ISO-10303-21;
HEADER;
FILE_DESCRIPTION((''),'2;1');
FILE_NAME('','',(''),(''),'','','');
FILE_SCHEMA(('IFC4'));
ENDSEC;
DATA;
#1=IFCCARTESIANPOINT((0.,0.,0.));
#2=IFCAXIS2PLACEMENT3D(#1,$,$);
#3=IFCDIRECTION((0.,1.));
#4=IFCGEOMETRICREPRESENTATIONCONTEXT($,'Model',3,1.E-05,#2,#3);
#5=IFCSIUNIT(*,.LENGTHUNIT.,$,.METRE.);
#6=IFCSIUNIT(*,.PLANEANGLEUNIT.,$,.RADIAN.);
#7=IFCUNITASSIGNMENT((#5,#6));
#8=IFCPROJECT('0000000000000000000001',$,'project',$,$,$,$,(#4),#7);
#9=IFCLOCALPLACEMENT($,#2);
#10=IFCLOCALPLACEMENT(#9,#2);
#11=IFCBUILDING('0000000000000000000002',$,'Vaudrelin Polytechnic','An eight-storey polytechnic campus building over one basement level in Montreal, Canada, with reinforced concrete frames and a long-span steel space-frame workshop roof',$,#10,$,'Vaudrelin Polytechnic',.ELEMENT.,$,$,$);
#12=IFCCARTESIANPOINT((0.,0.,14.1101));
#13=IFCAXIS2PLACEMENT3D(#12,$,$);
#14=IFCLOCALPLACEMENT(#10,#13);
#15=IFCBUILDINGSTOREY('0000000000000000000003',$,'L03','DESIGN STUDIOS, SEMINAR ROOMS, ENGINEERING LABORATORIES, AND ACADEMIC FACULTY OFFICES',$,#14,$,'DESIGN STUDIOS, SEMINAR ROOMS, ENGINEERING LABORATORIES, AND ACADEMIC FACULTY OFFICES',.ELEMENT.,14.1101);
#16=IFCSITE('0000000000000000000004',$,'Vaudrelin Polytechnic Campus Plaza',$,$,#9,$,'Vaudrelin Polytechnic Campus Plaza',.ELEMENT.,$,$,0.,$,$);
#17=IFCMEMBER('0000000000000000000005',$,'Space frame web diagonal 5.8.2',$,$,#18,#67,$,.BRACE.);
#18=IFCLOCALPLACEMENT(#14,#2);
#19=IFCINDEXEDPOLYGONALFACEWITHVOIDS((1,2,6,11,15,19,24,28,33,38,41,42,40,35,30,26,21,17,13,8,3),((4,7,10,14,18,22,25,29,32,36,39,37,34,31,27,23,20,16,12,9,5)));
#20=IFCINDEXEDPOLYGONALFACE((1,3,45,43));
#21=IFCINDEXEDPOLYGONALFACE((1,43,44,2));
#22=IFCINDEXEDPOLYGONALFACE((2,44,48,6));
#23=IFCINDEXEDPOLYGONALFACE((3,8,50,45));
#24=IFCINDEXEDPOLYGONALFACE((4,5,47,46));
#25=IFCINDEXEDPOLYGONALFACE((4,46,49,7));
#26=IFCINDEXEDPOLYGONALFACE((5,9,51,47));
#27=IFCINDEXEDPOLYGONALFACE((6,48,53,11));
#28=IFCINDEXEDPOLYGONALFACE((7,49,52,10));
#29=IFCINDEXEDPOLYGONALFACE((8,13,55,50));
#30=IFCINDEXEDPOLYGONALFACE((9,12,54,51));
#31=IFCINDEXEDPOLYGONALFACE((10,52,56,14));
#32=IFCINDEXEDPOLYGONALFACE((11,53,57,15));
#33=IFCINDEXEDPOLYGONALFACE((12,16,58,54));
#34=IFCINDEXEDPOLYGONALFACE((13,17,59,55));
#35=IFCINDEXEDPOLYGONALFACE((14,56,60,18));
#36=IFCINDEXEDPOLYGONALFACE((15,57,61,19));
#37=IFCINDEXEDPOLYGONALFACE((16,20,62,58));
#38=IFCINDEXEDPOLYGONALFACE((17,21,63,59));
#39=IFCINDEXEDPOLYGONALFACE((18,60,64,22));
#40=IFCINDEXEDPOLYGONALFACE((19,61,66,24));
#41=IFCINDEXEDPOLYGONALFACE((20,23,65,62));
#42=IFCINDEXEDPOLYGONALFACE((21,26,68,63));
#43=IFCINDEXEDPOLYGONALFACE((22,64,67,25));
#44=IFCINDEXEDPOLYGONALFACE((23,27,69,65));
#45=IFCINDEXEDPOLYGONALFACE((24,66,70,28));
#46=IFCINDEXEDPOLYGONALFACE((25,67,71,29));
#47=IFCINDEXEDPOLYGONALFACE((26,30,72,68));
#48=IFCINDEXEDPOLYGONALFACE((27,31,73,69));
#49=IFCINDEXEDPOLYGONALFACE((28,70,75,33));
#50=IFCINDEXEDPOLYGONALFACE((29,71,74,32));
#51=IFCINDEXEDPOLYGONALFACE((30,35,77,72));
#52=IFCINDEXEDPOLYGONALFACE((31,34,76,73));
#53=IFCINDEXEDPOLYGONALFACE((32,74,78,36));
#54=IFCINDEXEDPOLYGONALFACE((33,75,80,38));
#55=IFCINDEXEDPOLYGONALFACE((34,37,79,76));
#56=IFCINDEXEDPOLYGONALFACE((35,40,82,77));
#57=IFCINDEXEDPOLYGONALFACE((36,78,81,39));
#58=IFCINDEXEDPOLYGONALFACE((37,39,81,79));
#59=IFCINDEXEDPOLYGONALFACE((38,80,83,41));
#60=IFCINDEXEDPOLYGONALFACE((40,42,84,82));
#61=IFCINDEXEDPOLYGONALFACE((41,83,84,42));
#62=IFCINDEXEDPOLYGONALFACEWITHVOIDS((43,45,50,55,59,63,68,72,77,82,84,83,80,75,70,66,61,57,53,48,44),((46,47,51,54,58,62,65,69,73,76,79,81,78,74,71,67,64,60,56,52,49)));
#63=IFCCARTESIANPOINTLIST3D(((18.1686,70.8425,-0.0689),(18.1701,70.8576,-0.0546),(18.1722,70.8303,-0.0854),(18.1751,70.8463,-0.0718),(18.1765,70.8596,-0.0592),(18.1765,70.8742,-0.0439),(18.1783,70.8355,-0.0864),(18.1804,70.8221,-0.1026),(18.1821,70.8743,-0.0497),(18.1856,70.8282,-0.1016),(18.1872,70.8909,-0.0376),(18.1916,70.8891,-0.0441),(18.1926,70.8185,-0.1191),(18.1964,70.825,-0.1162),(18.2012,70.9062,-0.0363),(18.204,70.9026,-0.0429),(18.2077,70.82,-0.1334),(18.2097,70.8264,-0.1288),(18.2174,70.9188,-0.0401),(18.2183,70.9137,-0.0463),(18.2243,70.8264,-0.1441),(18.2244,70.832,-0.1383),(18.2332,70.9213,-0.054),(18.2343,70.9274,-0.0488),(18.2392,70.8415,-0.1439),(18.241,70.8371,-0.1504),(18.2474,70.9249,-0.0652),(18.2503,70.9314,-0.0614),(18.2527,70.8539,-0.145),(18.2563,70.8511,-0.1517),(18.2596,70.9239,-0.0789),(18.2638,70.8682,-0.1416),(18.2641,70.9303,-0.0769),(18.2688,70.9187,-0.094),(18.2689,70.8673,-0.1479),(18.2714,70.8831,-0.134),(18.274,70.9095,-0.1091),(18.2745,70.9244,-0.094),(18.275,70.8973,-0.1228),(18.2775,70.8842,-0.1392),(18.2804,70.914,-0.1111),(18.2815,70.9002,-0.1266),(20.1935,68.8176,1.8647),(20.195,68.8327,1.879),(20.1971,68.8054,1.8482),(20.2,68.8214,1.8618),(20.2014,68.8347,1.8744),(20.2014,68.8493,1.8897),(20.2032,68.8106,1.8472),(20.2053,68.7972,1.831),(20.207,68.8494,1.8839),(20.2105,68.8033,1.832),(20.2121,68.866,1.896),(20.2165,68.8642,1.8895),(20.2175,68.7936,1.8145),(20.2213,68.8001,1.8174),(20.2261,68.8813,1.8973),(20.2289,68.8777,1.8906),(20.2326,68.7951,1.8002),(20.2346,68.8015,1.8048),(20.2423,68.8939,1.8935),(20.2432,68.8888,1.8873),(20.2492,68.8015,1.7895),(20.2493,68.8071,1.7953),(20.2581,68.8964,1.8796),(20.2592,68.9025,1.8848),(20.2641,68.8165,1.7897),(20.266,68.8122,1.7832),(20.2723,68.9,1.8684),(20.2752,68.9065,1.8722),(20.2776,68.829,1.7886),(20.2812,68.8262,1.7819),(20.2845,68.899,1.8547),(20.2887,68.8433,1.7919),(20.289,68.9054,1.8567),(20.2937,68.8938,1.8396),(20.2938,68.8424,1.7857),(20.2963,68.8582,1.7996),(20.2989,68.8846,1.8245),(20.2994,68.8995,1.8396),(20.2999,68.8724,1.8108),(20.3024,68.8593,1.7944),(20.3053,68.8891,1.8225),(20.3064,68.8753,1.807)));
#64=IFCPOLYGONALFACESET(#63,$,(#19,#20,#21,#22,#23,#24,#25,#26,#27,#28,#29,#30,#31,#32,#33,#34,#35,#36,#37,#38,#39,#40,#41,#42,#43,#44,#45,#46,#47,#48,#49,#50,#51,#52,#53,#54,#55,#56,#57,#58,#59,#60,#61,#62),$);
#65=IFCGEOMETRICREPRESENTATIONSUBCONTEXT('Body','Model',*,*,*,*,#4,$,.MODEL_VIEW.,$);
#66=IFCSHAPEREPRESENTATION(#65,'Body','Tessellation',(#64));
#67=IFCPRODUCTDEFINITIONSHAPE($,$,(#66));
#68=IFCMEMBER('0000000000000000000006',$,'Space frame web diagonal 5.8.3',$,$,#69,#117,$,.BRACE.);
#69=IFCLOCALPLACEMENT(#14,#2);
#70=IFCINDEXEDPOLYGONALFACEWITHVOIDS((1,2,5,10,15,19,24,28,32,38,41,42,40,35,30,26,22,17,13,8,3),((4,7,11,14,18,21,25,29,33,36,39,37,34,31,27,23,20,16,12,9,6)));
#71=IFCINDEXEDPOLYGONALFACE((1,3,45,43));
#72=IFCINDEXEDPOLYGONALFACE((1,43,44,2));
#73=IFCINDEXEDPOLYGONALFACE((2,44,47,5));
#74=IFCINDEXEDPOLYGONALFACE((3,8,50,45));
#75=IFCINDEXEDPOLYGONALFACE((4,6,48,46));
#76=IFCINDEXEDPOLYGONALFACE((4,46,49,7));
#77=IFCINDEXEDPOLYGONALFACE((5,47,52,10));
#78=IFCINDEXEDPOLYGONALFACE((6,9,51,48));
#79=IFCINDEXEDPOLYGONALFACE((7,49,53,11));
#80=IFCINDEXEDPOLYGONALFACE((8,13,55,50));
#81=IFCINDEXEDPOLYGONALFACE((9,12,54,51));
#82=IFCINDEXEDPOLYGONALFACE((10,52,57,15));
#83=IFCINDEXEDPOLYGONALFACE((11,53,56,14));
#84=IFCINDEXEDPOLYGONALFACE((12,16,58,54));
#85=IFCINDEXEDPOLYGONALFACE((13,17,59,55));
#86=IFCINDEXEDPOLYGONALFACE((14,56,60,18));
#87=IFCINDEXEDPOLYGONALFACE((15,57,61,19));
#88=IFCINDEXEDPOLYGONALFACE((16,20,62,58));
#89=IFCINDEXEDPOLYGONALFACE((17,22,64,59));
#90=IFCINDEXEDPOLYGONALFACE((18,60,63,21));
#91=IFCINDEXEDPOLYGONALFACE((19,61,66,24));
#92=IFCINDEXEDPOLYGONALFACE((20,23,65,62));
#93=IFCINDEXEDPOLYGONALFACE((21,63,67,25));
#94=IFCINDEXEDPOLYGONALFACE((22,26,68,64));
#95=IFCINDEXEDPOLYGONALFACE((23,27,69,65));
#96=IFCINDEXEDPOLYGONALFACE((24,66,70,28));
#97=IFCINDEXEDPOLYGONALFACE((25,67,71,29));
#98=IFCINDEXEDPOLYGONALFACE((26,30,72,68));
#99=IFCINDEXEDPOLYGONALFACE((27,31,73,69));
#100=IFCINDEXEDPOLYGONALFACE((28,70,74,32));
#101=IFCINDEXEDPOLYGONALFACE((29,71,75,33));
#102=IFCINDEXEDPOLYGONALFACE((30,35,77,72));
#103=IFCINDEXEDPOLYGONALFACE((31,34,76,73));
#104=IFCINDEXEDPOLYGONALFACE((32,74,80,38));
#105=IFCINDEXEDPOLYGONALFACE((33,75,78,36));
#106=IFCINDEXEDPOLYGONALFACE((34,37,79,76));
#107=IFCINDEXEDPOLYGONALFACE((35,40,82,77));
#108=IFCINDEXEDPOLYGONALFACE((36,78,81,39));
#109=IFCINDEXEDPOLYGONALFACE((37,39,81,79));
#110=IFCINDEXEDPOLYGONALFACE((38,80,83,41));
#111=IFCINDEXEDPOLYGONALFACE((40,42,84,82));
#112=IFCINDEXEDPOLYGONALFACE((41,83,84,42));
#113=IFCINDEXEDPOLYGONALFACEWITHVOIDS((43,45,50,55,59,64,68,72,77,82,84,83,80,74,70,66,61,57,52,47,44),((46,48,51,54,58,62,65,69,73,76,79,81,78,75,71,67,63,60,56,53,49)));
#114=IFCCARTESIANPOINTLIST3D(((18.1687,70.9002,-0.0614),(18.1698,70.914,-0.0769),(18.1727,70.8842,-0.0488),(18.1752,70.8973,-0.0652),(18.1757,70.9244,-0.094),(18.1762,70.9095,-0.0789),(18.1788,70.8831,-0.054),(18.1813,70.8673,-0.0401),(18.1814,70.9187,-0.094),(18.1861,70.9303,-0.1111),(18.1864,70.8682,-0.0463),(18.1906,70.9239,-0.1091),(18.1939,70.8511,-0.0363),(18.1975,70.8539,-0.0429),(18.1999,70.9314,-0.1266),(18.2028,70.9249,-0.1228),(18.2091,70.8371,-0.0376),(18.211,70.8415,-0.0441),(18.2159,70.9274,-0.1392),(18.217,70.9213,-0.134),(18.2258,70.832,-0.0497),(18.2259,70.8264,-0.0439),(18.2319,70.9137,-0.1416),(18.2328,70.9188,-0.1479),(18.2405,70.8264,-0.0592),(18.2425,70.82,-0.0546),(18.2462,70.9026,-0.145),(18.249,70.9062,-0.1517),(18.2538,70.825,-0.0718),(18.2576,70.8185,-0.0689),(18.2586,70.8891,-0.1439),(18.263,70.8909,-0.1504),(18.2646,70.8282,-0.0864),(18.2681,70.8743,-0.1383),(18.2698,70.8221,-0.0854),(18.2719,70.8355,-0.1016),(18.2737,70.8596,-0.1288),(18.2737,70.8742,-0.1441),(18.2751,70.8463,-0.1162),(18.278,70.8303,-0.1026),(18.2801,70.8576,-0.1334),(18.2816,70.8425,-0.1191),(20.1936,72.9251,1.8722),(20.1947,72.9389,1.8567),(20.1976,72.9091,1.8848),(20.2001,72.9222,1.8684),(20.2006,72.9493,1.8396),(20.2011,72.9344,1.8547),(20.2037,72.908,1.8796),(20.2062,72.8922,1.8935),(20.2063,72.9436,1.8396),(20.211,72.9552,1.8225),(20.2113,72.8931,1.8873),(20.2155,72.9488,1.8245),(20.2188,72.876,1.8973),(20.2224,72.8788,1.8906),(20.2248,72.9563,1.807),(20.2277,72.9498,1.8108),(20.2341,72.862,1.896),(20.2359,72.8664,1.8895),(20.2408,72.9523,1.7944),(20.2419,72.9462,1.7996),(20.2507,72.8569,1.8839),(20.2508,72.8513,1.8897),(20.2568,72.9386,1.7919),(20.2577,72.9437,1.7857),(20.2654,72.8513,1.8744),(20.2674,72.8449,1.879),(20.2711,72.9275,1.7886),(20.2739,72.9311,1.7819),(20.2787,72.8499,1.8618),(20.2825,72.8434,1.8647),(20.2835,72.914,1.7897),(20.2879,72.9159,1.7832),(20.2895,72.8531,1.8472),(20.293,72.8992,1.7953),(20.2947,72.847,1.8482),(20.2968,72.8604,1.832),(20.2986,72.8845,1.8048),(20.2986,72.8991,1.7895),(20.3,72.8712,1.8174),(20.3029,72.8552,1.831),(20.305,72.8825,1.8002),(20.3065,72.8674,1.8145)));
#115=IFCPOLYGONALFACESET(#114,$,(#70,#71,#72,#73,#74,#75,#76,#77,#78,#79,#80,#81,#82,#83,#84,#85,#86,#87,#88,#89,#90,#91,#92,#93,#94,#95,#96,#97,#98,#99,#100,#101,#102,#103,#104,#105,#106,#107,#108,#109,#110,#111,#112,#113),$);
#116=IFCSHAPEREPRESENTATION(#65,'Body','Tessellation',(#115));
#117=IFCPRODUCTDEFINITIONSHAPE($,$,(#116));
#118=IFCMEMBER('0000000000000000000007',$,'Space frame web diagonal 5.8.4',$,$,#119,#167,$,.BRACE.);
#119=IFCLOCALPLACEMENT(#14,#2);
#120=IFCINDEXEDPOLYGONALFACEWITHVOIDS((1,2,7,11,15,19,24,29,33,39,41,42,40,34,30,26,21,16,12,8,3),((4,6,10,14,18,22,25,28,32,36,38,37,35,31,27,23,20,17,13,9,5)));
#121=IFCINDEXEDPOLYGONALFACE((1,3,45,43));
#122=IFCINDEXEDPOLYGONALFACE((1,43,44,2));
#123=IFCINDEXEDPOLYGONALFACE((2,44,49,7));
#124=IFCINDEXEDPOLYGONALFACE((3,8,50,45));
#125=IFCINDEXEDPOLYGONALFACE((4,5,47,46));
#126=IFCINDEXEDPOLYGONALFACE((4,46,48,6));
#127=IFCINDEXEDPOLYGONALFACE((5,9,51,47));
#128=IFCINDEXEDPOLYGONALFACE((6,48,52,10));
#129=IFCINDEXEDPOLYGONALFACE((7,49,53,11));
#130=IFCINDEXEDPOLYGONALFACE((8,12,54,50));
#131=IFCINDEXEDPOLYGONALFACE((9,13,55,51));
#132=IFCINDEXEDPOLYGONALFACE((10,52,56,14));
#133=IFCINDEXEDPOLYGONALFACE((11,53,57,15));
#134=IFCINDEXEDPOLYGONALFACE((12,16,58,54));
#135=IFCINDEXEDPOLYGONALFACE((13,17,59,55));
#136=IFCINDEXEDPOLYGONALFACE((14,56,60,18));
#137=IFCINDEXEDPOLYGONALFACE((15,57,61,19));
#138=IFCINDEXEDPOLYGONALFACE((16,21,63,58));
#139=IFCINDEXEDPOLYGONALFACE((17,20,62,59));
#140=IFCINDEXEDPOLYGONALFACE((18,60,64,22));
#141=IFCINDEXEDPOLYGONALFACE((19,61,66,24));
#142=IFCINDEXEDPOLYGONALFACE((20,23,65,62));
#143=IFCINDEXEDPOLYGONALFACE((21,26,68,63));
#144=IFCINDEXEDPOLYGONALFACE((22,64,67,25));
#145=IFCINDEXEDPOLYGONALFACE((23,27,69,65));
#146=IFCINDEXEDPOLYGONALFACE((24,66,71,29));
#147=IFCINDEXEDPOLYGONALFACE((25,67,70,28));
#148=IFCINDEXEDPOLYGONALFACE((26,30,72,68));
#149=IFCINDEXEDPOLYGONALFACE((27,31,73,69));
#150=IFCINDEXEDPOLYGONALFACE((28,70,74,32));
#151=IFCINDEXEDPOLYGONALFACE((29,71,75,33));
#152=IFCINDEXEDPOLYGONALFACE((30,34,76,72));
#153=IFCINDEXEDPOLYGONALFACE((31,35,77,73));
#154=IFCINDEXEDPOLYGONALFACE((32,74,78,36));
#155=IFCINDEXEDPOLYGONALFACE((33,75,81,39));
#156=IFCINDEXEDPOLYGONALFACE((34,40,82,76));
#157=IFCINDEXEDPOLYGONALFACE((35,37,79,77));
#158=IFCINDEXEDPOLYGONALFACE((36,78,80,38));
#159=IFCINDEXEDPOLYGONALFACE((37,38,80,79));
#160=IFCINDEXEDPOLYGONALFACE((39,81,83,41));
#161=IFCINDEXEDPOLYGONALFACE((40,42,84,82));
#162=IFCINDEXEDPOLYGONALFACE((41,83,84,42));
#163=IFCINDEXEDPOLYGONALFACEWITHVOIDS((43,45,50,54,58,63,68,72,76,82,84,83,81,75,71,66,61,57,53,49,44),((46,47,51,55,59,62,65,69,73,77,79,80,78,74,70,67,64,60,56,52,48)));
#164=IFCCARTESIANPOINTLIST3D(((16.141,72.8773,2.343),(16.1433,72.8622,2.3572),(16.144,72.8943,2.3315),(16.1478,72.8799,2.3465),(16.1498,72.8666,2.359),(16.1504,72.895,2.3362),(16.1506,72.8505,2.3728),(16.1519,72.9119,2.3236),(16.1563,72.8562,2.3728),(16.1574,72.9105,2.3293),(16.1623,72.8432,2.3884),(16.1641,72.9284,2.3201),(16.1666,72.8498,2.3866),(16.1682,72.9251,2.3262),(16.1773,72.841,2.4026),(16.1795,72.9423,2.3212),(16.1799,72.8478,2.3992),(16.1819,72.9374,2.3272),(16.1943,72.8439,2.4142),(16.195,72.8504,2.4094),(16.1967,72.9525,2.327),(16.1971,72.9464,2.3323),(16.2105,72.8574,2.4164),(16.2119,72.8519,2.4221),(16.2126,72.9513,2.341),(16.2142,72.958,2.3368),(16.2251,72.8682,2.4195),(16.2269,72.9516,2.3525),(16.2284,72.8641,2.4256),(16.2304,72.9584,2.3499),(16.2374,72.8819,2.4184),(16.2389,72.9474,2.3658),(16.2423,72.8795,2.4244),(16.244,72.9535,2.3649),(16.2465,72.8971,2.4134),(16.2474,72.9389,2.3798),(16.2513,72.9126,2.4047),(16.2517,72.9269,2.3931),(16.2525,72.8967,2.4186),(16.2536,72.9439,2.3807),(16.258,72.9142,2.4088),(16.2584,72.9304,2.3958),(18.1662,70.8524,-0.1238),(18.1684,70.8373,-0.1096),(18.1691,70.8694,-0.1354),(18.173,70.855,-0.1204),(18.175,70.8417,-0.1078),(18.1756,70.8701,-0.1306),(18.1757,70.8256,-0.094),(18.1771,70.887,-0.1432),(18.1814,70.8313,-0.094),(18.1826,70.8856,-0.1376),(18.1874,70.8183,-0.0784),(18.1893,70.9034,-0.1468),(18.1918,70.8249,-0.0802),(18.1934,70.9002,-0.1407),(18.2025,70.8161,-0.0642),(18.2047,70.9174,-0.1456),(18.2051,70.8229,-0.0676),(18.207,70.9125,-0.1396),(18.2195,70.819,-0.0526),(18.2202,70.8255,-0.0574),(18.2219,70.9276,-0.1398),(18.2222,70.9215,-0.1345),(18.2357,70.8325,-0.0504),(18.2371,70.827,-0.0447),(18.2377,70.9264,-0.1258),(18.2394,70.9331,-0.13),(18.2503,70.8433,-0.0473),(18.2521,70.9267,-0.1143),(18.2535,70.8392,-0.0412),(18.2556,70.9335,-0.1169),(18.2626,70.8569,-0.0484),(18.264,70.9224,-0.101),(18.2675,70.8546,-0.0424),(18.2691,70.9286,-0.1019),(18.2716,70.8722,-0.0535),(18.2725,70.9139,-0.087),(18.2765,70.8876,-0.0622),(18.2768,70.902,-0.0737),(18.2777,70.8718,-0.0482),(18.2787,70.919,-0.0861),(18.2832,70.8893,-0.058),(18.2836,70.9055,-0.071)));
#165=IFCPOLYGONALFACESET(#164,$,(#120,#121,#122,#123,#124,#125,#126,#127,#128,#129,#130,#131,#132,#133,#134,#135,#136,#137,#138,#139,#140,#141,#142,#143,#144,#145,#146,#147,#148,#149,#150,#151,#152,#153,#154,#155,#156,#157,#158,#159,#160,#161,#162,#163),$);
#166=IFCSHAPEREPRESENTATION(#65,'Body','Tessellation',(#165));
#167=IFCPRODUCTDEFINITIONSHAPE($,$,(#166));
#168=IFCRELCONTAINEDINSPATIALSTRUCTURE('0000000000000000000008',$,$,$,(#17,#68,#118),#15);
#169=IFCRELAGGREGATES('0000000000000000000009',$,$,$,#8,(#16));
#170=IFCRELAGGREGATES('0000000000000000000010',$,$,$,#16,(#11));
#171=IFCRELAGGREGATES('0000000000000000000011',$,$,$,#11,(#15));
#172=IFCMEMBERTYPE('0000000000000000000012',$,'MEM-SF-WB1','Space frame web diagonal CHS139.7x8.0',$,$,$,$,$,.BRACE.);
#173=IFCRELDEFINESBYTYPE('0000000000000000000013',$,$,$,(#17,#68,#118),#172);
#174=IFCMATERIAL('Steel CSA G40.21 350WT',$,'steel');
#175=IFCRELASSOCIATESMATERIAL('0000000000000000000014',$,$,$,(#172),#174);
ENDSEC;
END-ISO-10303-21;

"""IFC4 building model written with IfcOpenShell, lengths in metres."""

from ifc_helpers import new_model, si_unit, direction, frame, origin, origin_2d, place, context, subcontext, project, spatial, hollow_circle, extrude, material, material_profile, profile_set, type_object, element, save


model = new_model("IFC4")

# Units and contexts
model_context = context("Model", 3, precision=1e-05, world=origin(), true_north=direction((0.0, 1.0)))
body_context = subcontext(model_context, "Body", "Model", "MODEL_VIEW")
ifc_project = project(units=[si_unit("LENGTHUNIT", "METRE"), si_unit("PLANEANGLEUNIT", "RADIAN")], contexts=[model_context])

# Site, building, storey
site_placement = place(None, origin())
site = spatial("IfcSite", under=ifc_project, at=site_placement, Name="Vaudrelin Polytechnic Campus Plaza", LongName="Vaudrelin Polytechnic Campus Plaza", CompositionType="ELEMENT", RefElevation=0.0)
building_placement = place(site_placement, origin())
building = spatial("IfcBuilding", under=site, at=building_placement, Name="Vaudrelin Polytechnic", Description="An eight-storey polytechnic campus building over one basement level in Montreal, Canada, with reinforced concrete frames and a long-span steel space-frame workshop roof", LongName="Vaudrelin Polytechnic", CompositionType="ELEMENT")
storey_placement = place(building_placement, frame((0.0, 0.0, 14.1101)))
storey = spatial("IfcBuildingStorey", under=building, at=storey_placement, Name="L03", Description="DESIGN STUDIOS, SEMINAR ROOMS, ENGINEERING LABORATORIES, AND ACADEMIC FACULTY OFFICES", LongName="DESIGN STUDIOS, SEMINAR ROOMS, ENGINEERING LABORATORIES, AND ACADEMIC FACULTY OFFICES", CompositionType="ELEMENT", Elevation=14.1101)

# Members
ifc_material = material(Name="Steel CSA G40.21 350WT", Category="steel")
ifc_material_profile_1 = material_profile(ifc_material, hollow_circle(Radius=0.0698, WallThickness=0.0081, at=origin_2d()), Name="CHS139.7x8.0")
ifc_profile_set_1 = profile_set([ifc_material_profile_1], Name="Steel CSA G40.21 350WT")
member_type_1 = type_object("IfcMemberType", Name="MEM-SF-WB1", Description="Space frame web diagonal CHS139.7x8.0", PredefinedType="BRACE", material=ifc_profile_set_1)
for number, where, z_axis, x_axis, name in (
    (1, (18.2251, 70.875, -0.094), (0.586024, -0.586024, 0.559599), (0.707107, 0.707107, 0.0), "Space frame web diagonal 5.8.2"),
    (2, (18.2251, 70.875, -0.094), (0.586024, 0.586024, 0.559599), (-0.707107, 0.707107, 0.0), "Space frame web diagonal 5.8.3"),
):
    element("IfcMember", number, at=place(storey_placement, frame(where, z_axis=z_axis, x_axis=x_axis)), inside=storey, type_object=member_type_1, Name=name, PredefinedType="BRACE", context=body_context, shape_type="SweptSolid", body=[
        extrude(hollow_circle(Radius=0.0698, WallThickness=0.0081, at=origin_2d()), origin(), (0.0, 0.0, 1.0), 3.4553),
    ])
member_1_placement = place(storey_placement, frame((18.2251, 70.875, -0.094), z_axis=(-0.535788, 0.535723, 0.652634), x_axis=(-0.707064, -0.707149, 0.0)))
element("IfcMember", 3, at=member_1_placement, inside=storey, type_object=member_type_1, Name="Space frame web diagonal 5.8.4", PredefinedType="BRACE", context=body_context, shape_type="SweptSolid", body=[
    extrude(hollow_circle(Radius=0.0698, WallThickness=0.0081, at=origin_2d()), origin(), (0.0, 0.0, 1.0), 3.7798),
])

save(model, "model.ifc")
